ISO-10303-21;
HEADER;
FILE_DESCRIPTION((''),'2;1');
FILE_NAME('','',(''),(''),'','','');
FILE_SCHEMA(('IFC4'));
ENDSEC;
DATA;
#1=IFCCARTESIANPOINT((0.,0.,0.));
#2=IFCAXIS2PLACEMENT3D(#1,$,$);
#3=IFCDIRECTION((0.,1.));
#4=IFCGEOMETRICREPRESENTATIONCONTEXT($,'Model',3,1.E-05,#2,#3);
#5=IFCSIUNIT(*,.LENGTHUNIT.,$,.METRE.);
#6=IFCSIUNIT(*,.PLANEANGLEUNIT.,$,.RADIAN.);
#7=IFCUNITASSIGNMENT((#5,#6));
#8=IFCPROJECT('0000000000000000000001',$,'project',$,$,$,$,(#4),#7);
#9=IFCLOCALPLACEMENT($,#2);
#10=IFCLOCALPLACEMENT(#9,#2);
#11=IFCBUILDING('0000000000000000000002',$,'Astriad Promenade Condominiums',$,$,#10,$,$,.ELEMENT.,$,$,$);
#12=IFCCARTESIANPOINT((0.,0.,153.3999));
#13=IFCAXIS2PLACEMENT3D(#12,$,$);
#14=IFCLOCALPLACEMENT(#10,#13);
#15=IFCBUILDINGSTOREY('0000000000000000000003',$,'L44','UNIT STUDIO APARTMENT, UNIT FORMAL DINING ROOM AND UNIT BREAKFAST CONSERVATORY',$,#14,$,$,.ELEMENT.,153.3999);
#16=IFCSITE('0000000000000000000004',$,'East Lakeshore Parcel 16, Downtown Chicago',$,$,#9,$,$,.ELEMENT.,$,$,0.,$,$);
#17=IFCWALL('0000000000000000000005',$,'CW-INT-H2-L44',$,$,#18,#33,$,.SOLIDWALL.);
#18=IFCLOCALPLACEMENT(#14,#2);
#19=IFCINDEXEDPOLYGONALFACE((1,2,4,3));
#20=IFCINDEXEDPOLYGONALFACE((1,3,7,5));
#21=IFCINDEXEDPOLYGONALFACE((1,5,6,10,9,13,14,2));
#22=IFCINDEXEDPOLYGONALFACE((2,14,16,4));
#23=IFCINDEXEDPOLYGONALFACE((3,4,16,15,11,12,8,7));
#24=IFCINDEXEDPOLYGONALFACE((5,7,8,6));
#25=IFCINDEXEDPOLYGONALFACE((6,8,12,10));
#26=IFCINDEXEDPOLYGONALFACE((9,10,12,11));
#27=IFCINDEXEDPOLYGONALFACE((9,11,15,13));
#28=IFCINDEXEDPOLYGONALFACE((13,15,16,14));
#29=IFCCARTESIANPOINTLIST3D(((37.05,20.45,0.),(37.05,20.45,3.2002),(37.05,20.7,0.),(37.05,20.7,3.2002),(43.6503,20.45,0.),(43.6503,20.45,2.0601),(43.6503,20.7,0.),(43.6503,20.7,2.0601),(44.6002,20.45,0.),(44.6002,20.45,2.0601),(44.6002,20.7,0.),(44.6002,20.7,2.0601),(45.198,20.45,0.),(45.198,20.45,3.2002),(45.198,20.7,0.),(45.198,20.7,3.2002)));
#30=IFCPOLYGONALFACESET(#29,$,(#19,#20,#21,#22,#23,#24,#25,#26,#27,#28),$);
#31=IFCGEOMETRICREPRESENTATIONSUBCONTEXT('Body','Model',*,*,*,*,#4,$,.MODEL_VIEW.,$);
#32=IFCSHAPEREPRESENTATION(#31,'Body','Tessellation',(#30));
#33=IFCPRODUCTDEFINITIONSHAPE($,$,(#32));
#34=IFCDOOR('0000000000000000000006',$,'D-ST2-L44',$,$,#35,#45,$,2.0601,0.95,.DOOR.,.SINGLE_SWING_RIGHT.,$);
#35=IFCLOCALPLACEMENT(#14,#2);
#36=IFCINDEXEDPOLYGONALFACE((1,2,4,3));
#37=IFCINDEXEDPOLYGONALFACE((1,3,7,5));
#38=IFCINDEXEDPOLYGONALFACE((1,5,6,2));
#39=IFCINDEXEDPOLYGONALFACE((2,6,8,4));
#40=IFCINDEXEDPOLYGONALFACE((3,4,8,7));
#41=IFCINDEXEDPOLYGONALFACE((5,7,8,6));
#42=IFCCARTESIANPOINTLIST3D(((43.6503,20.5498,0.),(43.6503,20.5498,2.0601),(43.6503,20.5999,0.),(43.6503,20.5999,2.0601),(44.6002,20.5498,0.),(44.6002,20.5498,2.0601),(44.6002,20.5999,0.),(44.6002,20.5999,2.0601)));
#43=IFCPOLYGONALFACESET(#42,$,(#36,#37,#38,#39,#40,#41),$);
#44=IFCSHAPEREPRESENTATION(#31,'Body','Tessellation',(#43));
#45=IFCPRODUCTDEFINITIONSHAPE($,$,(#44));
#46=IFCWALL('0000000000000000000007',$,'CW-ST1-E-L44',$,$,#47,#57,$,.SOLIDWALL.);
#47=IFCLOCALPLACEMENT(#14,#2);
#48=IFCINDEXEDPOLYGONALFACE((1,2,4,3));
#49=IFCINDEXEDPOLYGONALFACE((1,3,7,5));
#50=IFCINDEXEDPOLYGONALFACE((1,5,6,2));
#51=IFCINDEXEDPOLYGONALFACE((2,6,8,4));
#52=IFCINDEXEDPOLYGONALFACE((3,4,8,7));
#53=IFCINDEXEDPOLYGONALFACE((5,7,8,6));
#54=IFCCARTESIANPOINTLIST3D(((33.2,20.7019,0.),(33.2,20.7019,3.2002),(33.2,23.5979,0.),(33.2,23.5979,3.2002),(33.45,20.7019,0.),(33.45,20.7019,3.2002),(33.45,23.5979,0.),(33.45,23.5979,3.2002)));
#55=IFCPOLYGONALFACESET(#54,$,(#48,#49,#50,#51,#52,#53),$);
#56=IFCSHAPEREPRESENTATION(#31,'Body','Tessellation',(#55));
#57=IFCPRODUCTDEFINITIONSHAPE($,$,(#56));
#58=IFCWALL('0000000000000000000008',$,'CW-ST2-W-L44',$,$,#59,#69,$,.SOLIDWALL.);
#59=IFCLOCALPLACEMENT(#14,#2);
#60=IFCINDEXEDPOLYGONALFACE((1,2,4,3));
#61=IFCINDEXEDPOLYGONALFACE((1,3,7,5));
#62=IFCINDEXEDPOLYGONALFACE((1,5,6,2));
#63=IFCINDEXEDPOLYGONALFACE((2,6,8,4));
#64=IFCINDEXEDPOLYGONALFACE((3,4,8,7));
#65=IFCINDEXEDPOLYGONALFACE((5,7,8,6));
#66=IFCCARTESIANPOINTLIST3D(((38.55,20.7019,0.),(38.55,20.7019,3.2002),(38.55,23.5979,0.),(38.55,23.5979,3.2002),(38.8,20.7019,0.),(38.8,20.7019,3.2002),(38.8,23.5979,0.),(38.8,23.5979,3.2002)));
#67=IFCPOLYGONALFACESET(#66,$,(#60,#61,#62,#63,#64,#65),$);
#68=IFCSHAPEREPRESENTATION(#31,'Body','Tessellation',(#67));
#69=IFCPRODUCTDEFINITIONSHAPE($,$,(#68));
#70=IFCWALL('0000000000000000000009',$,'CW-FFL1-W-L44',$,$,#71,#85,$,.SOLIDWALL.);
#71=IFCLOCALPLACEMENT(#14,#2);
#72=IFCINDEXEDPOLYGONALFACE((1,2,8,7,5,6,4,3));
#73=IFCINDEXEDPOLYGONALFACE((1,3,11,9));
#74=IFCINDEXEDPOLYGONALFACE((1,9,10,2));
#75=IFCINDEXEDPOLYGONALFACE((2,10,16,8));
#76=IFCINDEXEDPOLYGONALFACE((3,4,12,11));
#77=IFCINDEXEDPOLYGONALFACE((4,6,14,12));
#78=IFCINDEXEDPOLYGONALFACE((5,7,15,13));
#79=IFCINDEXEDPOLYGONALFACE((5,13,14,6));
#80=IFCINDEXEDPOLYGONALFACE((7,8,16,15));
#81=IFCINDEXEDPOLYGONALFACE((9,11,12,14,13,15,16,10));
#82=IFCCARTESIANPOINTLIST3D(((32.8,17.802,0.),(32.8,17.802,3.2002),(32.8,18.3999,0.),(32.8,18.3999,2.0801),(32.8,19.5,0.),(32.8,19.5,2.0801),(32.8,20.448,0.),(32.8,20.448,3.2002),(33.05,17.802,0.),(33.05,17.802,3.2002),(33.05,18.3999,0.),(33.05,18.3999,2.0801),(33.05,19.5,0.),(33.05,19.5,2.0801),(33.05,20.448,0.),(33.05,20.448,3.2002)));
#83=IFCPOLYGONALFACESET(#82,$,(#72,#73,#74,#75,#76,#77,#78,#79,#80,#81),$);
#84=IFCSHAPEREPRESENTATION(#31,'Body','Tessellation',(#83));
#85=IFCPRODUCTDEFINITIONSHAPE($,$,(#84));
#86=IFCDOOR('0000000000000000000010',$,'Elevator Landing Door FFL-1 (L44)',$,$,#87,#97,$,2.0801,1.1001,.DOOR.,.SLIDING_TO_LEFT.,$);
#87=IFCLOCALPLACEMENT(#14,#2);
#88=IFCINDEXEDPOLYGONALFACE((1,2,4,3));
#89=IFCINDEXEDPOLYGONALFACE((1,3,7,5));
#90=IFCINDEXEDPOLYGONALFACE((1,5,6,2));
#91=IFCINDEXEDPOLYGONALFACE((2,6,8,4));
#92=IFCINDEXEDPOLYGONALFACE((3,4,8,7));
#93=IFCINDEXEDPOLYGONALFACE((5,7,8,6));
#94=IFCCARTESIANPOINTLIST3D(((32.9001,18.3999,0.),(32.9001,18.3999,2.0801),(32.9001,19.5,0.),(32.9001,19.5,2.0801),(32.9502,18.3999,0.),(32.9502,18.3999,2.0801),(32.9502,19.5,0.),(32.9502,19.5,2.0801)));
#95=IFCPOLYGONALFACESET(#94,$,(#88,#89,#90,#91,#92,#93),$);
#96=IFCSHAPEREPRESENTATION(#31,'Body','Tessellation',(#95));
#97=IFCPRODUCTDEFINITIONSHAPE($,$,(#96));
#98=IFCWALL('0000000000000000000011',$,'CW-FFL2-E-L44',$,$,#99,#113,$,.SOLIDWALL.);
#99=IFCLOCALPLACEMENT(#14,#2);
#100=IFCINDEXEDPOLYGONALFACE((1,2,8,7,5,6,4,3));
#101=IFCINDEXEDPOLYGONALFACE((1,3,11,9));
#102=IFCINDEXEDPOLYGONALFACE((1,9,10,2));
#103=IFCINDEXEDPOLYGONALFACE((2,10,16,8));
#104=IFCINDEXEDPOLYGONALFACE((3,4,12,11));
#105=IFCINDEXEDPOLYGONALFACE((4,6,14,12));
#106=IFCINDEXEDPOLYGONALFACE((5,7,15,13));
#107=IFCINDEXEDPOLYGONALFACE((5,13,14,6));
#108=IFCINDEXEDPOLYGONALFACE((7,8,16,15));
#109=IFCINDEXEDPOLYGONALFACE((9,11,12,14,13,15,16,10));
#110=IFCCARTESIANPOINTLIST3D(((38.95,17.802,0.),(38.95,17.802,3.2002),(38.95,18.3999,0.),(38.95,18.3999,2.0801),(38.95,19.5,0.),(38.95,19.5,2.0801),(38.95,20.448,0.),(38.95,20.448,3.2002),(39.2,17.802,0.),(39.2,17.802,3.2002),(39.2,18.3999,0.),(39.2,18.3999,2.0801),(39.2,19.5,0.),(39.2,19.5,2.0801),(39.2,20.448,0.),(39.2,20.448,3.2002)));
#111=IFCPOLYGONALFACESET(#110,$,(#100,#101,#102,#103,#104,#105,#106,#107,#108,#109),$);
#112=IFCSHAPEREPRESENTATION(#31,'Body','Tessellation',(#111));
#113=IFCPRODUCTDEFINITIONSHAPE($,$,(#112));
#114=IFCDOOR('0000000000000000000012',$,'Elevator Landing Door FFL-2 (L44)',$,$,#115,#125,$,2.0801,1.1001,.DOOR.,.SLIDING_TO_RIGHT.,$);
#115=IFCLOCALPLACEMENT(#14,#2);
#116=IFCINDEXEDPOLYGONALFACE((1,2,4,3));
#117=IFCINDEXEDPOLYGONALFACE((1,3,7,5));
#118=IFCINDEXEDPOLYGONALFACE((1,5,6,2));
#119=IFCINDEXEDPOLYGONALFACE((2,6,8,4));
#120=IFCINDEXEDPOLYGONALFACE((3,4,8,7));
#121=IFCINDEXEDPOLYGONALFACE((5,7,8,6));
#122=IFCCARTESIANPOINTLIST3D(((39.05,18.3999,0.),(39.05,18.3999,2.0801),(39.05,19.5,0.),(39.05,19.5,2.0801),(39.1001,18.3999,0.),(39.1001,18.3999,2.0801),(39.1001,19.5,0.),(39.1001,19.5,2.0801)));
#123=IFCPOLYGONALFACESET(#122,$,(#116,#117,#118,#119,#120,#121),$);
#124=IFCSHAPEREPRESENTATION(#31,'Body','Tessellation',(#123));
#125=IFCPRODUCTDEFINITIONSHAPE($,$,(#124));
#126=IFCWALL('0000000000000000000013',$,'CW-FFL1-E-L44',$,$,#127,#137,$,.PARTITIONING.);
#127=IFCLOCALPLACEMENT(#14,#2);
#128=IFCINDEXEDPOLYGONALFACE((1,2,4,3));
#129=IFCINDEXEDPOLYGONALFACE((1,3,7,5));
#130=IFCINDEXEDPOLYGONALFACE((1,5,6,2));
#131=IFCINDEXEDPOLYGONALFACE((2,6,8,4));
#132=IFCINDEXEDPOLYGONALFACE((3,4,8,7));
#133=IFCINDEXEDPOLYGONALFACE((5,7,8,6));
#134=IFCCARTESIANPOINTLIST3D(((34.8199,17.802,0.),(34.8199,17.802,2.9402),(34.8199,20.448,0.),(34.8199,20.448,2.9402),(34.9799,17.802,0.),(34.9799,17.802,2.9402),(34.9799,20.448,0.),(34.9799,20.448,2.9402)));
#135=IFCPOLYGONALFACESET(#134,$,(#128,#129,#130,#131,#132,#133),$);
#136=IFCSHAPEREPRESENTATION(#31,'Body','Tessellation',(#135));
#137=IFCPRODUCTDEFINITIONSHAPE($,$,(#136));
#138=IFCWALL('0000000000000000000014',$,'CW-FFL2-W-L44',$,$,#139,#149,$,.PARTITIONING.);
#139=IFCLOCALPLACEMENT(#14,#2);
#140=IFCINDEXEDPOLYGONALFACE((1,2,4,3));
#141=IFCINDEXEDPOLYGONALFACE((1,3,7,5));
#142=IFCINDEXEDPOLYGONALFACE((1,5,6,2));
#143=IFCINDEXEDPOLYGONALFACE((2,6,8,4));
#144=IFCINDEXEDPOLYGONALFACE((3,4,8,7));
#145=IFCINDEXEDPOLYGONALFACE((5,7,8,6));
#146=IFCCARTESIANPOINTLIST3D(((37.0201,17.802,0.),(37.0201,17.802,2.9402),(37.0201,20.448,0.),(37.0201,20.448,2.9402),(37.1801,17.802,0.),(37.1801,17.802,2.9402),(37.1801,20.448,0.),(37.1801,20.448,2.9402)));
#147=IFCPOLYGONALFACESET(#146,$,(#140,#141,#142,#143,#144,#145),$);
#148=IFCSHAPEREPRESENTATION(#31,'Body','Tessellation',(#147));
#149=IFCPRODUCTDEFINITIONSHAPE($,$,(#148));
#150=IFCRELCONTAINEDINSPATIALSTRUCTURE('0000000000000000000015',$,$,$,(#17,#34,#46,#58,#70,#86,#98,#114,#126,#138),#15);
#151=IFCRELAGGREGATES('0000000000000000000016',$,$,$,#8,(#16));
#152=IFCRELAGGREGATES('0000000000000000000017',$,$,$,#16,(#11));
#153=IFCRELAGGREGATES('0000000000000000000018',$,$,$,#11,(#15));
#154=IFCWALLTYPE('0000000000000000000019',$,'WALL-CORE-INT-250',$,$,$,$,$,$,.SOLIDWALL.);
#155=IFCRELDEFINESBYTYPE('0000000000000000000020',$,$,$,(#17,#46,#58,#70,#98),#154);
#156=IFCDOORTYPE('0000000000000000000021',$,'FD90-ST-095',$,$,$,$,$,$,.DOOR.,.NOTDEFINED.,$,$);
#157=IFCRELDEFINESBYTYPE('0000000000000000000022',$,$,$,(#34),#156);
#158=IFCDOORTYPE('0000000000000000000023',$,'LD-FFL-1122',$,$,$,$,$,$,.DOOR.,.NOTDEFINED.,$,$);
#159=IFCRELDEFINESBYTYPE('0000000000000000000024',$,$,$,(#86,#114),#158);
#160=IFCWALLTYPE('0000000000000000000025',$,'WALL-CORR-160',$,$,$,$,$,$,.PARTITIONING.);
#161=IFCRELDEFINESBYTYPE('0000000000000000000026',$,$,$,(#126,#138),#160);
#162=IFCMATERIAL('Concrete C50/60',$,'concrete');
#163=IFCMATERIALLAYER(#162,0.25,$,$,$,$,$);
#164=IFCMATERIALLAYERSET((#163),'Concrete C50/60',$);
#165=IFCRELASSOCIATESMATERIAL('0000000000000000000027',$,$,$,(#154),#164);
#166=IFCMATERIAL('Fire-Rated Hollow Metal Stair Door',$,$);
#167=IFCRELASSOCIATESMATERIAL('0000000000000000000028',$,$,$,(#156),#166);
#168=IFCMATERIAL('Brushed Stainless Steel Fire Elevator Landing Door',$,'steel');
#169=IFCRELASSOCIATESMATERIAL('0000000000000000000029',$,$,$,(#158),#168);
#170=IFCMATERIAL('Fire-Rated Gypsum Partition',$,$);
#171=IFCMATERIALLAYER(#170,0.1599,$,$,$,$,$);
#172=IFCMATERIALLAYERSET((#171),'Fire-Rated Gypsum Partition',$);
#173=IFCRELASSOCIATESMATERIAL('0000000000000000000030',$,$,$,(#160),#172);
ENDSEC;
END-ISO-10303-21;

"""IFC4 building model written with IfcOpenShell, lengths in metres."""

from ifc_helpers import new_model, si_unit, direction, frame, frame_2d, origin, place, context, subcontext, project, spatial, rectangle, extrude, source, transform, mapped, material, layer, layer_set, type_object, type_shapes, element, fill, save


model = new_model("IFC4")

# Units and contexts
model_context = context("Model", 3, precision=1e-05, world=origin(), true_north=direction((0.0, 1.0)))
body_context = subcontext(model_context, "Body", "Model", "MODEL_VIEW")
ifc_project = project(units=[si_unit("LENGTHUNIT", "METRE"), si_unit("PLANEANGLEUNIT", "RADIAN")], contexts=[model_context])

# Site, building, storey
site_placement = place(None, origin())
site = spatial("IfcSite", under=ifc_project, at=site_placement, Name="East Lakeshore Parcel 16, Downtown Chicago", CompositionType="ELEMENT", RefElevation=0.0)
building_placement = place(site_placement, origin())
building = spatial("IfcBuilding", under=site, at=building_placement, Name="Astriad Promenade Condominiums", CompositionType="ELEMENT")
storey_placement = place(building_placement, frame((0.0, 0.0, 153.3999)))
storey = spatial("IfcBuildingStorey", under=building, at=storey_placement, Name="L44", Description="UNIT STUDIO APARTMENT, UNIT FORMAL DINING ROOM AND UNIT BREAKFAST CONSERVATORY", CompositionType="ELEMENT", Elevation=153.3999)

# Wall, opening, door
ifc_material_1 = material(Name="Concrete C50/60", Category="concrete")
ifc_layer_1 = layer(ifc_material_1, 0.25)
ifc_layer_set_1 = layer_set([ifc_layer_1], Name="Concrete C50/60")
wall_type_1 = type_object("IfcWallType", Name="WALL-CORE-INT-250", PredefinedType="SOLIDWALL", material=ifc_layer_set_1)
wall_1_placement = place(storey_placement, frame((37.05, 20.575, 0.0), z_axis=(0.0, 0.0, 1.0), x_axis=(1.0, 0.0, 0.0)))
wall_1 = element("IfcWall", 1, at=wall_1_placement, inside=storey, type_object=wall_type_1, Name="CW-INT-H2-L44", PredefinedType="SOLIDWALL", context=body_context, shape_type="SweptSolid", body=[
    extrude(rectangle(XDim=8.1479, YDim=0.25, at=frame_2d((4.074, 0.0))), origin(), (0.0, 0.0, 1.0), 3.2002),
])
opening_1_placement = place(wall_1_placement, frame((6.6001, 0.0, 0.0)))
opening_1 = element("IfcOpeningElement", 2, at=opening_1_placement, cuts=wall_1, PredefinedType="OPENING", context=body_context, shape_type="SweptSolid", body=[
    extrude(rectangle(XDim=0.95, YDim=2.0601, at=frame_2d((0.4751, 1.03))), frame((0.0, 0.135, 0.0), z_axis=(0.0, -1.0, 0.0), x_axis=(1.0, 0.0, 0.0)), (0.0, 0.0, 1.0), 0.27),
])
ifc_material_2 = material(Name="Fire-Rated Hollow Metal Stair Door")
door_type_1 = type_object("IfcDoorType", Name="FD90-ST-095", OperationType="NOTDEFINED", PredefinedType="DOOR", material=ifc_material_2)
shared_shape_1 = source(origin(), body_context, "Body", "SweptSolid", [
    extrude(rectangle(XDim=0.95, YDim=2.0601, at=frame_2d((0.4751, 1.03))), frame((0.0, 0.0249, 0.0), z_axis=(0.0, -1.0, 0.0), x_axis=(1.0, 0.0, 0.0)), (0.0, 0.0, 1.0), 0.05),
])
type_shapes(door_type_1, [shared_shape_1])
door_1_placement = place(opening_1_placement, origin())
door_1 = element("IfcDoor", 3, at=door_1_placement, inside=storey, type_object=door_type_1, Name="D-ST2-L44", OperationType="SINGLE_SWING_RIGHT", OverallHeight=2.0601, OverallWidth=0.95, PredefinedType="DOOR", context=body_context, shape_type="MappedRepresentation", body=[
    mapped(shared_shape_1, transform((0.0, 0.0, 0.0), scale=1.0)),
])
fill(opening_1, door_1)

# Walls
for number, where, z_axis, x_axis, name in (
    (4, (33.325, 20.7019, 0.0), (0.0, 0.0, 1.0), (0.0, 1.0, 0.0), "CW-ST1-E-L44"),
    (5, (38.675, 20.7019, 0.0), (0.0, 0.0, 1.0), (0.0, 1.0, 0.0), "CW-ST2-W-L44"),
):
    element("IfcWall", number, at=place(storey_placement, frame(where, z_axis=z_axis, x_axis=x_axis)), inside=storey, type_object=wall_type_1, Name=name, PredefinedType="SOLIDWALL", context=body_context, shape_type="SweptSolid", body=[
        extrude(rectangle(XDim=2.896, YDim=0.25, at=frame_2d((1.448, 0.0))), origin(), (0.0, 0.0, 1.0), 3.2002),
    ])

# Walls, openings, doors
wall_2_placement = place(storey_placement, frame((32.925, 17.802, 0.0), z_axis=(0.0, 0.0, 1.0), x_axis=(0.0, 1.0, 0.0)))
wall_2 = element("IfcWall", 6, at=wall_2_placement, inside=storey, type_object=wall_type_1, Name="CW-FFL1-W-L44", PredefinedType="SOLIDWALL", context=body_context, shape_type="SweptSolid", body=[
    extrude(rectangle(XDim=2.646, YDim=0.25, at=frame_2d((1.323, 0.0))), origin(), (0.0, 0.0, 1.0), 3.2002),
])
opening_2_placement = place(wall_2_placement, frame((0.5979, 0.0, 0.0)))
opening_2 = element("IfcOpeningElement", 7, at=opening_2_placement, cuts=wall_2, PredefinedType="OPENING", context=body_context, shape_type="SweptSolid", body=[
    extrude(rectangle(XDim=1.1001, YDim=2.0801, at=frame_2d((0.55, 1.04))), frame((0.0, 0.135, 0.0), z_axis=(0.0, -1.0, 0.0), x_axis=(1.0, 0.0, 0.0)), (0.0, 0.0, 1.0), 0.27),
])
ifc_material_3 = material(Name="Brushed Stainless Steel Fire Elevator Landing Door", Category="steel")
door_type_2 = type_object("IfcDoorType", Name="LD-FFL-1122", OperationType="NOTDEFINED", PredefinedType="DOOR", material=ifc_material_3)
shared_shape_2 = source(origin(), body_context, "Body", "SweptSolid", [
    extrude(rectangle(XDim=1.1001, YDim=2.0801, at=frame_2d((0.55, 1.04))), frame((0.0, 0.0249, 0.0), z_axis=(0.0, -1.0, 0.0), x_axis=(1.0, 0.0, 0.0)), (0.0, 0.0, 1.0), 0.05),
])
type_shapes(door_type_2, [shared_shape_2])
door_2_placement = place(opening_2_placement, origin())
door_2 = element("IfcDoor", 8, at=door_2_placement, inside=storey, type_object=door_type_2, Name="Elevator Landing Door FFL-1 (L44)", OperationType="SLIDING_TO_LEFT", OverallHeight=2.0801, OverallWidth=1.1001, PredefinedType="DOOR", context=body_context, shape_type="MappedRepresentation", body=[
    mapped(shared_shape_2, transform((0.0, 0.0, 0.0), scale=1.0)),
])
fill(opening_2, door_2)
wall_3_placement = place(storey_placement, frame((39.075, 17.802, 0.0), z_axis=(0.0, 0.0, 1.0), x_axis=(0.0, 1.0, 0.0)))
wall_3 = element("IfcWall", 9, at=wall_3_placement, inside=storey, type_object=wall_type_1, Name="CW-FFL2-E-L44", PredefinedType="SOLIDWALL", context=body_context, shape_type="SweptSolid", body=[
    extrude(rectangle(XDim=2.646, YDim=0.25, at=frame_2d((1.323, 0.0))), origin(), (0.0, 0.0, 1.0), 3.2002),
])
opening_3_placement = place(wall_3_placement, frame((0.5979, 0.0, 0.0)))
opening_3 = element("IfcOpeningElement", 10, at=opening_3_placement, cuts=wall_3, PredefinedType="OPENING", context=body_context, shape_type="SweptSolid", body=[
    extrude(rectangle(XDim=1.1001, YDim=2.0801, at=frame_2d((0.55, 1.04))), frame((0.0, 0.135, 0.0), z_axis=(0.0, -1.0, 0.0), x_axis=(1.0, 0.0, 0.0)), (0.0, 0.0, 1.0), 0.27),
])
door_3_placement = place(opening_3_placement, origin())
door_3 = element("IfcDoor", 11, at=door_3_placement, inside=storey, type_object=door_type_2, Name="Elevator Landing Door FFL-2 (L44)", OperationType="SLIDING_TO_RIGHT", OverallHeight=2.0801, OverallWidth=1.1001, PredefinedType="DOOR", context=body_context, shape_type="MappedRepresentation", body=[
    mapped(shared_shape_2, transform((0.0, 0.0, 0.0), scale=1.0)),
])
fill(opening_3, door_3)

# Walls
ifc_material_4 = material(Name="Fire-Rated Gypsum Partition")
ifc_layer_2 = layer(ifc_material_4, 0.1599)
ifc_layer_set_2 = layer_set([ifc_layer_2], Name="Fire-Rated Gypsum Partition")
wall_type_2 = type_object("IfcWallType", Name="WALL-CORR-160", PredefinedType="PARTITIONING", material=ifc_layer_set_2)
for number, where, z_axis, x_axis, name in (
    (12, (34.8999, 17.802, 0.0), (0.0, 0.0, 1.0), (0.0, 1.0, 0.0), "CW-FFL1-E-L44"),
    (13, (37.1001, 17.802, 0.0), (0.0, 0.0, 1.0), (0.0, 1.0, 0.0), "CW-FFL2-W-L44"),
):
    element("IfcWall", number, at=place(storey_placement, frame(where, z_axis=z_axis, x_axis=x_axis)), inside=storey, type_object=wall_type_2, Name=name, PredefinedType="PARTITIONING", context=body_context, shape_type="SweptSolid", body=[
        extrude(rectangle(XDim=2.646, YDim=0.1599, at=frame_2d((1.323, 0.0))), origin(), (0.0, 0.0, 1.0), 2.9402),
    ])

save(model, "model.ifc")
